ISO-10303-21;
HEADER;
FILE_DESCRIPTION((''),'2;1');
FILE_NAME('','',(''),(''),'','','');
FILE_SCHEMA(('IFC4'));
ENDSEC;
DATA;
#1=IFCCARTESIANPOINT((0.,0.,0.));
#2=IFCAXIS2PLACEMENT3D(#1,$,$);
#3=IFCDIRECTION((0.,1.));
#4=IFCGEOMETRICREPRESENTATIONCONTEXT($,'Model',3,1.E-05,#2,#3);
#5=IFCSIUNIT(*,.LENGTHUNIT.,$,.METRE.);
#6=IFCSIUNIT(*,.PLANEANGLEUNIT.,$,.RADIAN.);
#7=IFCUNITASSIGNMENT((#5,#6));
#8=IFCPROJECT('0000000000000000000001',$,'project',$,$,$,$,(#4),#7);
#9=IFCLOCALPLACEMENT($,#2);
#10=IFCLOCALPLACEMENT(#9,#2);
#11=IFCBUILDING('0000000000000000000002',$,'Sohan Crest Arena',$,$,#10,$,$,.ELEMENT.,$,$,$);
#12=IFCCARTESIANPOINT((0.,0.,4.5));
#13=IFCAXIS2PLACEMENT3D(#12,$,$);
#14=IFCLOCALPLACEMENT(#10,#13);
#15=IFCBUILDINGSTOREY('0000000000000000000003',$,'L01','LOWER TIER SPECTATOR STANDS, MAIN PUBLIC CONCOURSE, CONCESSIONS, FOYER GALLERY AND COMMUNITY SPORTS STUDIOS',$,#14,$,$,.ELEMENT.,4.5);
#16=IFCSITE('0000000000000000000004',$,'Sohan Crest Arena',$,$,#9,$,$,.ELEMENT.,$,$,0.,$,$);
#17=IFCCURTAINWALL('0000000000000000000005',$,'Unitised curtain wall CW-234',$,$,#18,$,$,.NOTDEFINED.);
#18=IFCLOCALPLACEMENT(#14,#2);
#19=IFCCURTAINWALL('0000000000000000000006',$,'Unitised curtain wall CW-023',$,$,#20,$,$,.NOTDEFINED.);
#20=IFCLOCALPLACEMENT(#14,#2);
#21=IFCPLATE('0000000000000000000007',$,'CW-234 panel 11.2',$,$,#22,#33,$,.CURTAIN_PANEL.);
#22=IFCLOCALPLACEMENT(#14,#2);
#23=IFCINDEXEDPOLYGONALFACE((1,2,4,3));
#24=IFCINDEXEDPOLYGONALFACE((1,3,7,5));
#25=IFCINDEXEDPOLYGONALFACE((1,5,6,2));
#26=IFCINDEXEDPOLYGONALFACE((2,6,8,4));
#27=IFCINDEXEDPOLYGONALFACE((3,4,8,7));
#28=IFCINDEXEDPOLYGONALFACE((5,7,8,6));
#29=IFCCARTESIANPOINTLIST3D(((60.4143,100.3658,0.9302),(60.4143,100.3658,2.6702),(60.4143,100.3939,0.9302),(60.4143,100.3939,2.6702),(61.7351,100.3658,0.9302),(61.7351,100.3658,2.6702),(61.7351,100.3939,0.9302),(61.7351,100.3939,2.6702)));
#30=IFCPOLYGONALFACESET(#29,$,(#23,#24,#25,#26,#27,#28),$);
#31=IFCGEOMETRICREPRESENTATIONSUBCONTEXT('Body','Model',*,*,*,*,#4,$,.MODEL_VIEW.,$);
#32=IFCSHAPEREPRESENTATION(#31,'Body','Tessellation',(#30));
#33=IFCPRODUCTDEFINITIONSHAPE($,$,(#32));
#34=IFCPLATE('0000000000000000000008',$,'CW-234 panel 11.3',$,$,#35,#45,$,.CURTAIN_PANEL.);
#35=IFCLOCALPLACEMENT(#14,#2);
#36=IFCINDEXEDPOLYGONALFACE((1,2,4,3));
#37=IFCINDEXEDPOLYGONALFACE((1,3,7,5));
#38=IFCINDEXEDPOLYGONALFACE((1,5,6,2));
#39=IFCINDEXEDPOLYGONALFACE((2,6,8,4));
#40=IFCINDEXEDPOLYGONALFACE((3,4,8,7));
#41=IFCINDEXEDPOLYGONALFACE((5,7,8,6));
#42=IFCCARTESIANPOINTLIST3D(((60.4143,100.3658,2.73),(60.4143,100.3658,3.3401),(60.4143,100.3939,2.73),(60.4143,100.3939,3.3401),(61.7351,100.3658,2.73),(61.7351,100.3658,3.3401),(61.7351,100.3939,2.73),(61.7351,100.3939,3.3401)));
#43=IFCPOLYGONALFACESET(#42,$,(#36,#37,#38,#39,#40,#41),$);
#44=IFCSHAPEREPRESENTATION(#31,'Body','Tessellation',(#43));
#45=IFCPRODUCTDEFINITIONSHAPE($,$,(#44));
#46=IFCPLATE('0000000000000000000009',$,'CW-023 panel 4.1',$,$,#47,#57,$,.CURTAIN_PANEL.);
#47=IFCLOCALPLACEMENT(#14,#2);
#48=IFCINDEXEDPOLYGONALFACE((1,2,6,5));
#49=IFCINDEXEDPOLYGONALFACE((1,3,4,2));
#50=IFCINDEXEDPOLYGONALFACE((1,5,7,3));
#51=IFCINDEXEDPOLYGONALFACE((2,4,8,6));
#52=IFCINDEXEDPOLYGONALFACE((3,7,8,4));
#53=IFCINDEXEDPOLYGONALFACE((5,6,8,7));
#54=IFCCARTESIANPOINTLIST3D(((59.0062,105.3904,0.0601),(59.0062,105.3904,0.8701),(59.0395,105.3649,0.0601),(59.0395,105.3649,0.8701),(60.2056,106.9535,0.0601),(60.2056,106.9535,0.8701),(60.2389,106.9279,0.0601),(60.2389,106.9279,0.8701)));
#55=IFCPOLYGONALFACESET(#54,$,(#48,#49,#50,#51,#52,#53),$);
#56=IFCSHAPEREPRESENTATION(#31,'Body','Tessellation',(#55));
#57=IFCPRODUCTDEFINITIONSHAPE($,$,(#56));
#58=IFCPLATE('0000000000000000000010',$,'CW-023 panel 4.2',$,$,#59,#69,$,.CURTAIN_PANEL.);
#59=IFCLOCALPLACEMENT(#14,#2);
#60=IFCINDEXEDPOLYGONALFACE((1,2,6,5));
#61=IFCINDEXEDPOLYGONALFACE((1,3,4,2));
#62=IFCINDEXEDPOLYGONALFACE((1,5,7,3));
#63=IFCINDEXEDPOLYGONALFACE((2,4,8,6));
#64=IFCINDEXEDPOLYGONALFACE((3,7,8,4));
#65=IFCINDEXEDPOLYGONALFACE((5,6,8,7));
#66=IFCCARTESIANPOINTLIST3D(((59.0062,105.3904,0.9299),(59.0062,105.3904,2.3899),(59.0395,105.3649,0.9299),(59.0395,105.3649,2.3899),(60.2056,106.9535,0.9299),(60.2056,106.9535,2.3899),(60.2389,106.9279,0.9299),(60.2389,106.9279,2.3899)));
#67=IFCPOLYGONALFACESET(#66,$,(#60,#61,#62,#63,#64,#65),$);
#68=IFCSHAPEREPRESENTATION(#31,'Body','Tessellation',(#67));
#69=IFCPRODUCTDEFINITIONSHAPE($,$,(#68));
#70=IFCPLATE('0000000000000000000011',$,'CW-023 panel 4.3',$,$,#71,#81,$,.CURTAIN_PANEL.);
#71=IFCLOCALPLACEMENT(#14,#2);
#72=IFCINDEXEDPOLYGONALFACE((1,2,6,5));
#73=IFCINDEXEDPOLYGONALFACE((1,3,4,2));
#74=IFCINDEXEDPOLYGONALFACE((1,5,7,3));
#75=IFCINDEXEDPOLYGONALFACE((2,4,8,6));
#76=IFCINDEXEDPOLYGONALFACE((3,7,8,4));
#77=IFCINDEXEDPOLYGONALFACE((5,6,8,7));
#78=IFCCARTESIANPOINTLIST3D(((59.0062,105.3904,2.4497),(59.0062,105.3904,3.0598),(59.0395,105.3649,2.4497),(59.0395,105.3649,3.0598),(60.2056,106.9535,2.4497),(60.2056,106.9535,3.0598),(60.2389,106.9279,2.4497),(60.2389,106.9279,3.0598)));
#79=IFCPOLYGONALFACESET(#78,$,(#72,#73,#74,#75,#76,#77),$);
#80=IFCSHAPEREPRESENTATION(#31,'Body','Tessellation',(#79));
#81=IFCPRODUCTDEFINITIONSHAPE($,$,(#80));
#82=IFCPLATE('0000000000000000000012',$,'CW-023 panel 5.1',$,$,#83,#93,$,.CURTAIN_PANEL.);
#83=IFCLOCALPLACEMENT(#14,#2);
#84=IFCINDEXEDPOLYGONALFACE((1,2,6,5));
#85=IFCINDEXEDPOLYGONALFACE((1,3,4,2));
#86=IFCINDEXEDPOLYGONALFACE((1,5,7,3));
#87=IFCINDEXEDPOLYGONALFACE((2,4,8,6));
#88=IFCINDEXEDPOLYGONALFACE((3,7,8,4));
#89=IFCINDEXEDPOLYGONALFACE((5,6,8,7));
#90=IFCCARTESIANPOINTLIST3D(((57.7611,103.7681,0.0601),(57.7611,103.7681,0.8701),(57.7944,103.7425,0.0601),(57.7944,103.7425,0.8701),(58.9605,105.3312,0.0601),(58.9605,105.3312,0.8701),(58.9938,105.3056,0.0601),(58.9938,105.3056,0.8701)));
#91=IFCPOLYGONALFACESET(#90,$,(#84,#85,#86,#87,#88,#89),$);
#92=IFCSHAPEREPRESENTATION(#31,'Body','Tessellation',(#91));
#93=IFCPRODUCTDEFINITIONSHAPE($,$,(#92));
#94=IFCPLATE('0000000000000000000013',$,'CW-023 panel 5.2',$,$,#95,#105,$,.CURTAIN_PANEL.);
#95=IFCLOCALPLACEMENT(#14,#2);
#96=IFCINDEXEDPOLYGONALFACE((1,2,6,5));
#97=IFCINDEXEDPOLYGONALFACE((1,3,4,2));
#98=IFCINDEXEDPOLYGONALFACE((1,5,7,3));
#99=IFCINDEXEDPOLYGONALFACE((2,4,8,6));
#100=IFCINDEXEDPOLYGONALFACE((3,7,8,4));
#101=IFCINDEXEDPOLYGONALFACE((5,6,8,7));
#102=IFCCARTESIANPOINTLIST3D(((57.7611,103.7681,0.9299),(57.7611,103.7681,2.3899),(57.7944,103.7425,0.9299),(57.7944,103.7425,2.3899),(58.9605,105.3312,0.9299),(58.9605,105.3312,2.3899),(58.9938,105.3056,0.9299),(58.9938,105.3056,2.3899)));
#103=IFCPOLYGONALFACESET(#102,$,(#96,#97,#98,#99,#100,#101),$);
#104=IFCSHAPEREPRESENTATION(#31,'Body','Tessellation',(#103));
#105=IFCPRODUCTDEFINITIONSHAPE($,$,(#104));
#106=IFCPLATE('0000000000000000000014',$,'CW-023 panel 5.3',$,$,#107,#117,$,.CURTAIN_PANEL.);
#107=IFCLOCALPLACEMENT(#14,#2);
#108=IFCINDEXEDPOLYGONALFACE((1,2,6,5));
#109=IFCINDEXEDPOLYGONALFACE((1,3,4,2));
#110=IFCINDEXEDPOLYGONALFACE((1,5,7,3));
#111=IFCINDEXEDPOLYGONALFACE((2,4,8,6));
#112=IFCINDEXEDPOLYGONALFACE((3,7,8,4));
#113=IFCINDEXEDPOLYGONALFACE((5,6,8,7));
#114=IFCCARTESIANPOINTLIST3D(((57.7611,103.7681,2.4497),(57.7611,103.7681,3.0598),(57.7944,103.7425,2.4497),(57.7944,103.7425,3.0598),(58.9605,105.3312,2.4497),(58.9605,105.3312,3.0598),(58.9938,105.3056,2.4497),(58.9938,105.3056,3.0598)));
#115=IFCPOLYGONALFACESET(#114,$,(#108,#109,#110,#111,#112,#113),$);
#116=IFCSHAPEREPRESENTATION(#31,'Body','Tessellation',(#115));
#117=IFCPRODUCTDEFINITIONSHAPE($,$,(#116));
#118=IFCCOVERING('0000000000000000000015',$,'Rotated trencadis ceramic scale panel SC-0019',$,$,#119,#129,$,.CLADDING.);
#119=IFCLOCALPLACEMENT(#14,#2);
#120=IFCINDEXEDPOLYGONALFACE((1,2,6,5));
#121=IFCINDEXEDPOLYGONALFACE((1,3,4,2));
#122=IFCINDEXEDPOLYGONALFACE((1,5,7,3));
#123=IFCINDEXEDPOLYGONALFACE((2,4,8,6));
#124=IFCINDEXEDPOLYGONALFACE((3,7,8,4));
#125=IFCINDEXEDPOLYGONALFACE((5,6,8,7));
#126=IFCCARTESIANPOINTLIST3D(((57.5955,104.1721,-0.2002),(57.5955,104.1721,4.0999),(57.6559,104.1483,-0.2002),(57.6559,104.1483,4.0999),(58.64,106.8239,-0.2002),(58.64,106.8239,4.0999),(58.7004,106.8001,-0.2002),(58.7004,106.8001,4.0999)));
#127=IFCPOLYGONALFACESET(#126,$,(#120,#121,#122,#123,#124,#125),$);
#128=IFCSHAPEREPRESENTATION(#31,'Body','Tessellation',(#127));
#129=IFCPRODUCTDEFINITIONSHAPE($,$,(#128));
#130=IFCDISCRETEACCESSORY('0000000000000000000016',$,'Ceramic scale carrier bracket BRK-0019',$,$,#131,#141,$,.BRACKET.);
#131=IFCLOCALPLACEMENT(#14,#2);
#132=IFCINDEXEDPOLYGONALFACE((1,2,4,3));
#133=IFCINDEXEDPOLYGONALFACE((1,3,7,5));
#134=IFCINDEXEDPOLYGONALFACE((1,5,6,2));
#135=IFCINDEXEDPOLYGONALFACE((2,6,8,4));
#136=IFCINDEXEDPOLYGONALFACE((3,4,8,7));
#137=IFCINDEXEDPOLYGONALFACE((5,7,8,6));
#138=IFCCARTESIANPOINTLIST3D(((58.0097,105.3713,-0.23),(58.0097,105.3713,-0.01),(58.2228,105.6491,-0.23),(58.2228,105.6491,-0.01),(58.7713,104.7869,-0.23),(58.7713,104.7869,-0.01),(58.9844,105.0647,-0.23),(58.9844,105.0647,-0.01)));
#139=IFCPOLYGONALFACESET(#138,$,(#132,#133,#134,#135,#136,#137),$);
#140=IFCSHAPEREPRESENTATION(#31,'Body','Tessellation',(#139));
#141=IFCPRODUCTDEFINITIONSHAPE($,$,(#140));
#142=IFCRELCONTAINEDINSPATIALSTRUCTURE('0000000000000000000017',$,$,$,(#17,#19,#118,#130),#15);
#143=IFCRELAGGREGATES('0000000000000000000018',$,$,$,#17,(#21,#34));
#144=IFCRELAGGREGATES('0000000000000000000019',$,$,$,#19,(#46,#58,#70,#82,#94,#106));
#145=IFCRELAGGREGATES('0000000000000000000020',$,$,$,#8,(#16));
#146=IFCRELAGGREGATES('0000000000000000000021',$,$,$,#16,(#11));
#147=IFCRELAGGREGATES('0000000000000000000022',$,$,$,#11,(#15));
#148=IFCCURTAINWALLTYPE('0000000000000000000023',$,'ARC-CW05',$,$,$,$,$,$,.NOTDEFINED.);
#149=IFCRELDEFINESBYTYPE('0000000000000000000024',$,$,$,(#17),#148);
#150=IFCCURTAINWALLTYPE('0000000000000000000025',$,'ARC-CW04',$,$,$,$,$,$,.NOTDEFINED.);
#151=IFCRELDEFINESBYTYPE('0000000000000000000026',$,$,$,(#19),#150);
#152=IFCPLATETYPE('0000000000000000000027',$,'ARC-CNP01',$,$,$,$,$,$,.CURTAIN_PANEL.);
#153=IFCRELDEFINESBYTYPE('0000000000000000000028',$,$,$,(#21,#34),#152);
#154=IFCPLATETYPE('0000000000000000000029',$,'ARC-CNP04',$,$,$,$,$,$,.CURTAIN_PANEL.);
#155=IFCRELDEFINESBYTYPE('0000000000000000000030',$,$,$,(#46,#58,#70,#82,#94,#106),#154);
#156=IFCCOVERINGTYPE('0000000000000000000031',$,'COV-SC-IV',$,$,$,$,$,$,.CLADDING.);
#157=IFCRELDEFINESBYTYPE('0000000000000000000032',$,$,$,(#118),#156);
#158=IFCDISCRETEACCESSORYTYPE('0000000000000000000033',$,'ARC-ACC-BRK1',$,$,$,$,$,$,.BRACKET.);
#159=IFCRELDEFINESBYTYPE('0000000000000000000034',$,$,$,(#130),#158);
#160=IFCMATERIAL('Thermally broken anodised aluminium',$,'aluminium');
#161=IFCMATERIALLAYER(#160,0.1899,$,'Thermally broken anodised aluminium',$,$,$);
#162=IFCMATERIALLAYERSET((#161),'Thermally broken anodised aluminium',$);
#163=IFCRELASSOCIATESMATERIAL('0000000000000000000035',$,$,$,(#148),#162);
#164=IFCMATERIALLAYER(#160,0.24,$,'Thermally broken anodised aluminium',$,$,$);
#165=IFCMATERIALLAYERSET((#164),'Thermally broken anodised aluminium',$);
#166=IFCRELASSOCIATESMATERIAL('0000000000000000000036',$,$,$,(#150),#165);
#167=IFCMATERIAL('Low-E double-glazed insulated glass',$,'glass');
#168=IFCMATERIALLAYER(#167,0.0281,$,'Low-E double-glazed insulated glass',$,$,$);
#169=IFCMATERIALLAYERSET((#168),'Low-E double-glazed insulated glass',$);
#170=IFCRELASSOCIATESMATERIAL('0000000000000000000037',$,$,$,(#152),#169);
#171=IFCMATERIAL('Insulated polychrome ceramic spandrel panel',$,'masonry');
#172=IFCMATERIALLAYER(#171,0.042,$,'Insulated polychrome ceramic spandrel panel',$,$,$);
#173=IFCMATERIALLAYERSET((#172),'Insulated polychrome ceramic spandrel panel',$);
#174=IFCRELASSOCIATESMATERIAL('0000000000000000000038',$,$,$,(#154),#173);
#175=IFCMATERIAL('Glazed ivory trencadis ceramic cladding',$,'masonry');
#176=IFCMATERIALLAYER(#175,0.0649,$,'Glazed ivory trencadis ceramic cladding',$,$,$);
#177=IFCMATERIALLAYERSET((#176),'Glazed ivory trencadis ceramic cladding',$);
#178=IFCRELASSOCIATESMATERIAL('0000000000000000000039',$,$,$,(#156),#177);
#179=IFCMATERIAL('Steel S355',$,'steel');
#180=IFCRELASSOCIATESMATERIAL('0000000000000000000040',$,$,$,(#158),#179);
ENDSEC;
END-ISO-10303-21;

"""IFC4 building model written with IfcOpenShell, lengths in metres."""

from ifc_helpers import new_model, si_unit, direction, frame, origin, origin_2d, place, context, subcontext, project, spatial, rectangle, extrude, material, layer, layer_set, type_object, element, aggregate, save


model = new_model("IFC4")

# Units and contexts
model_context = context("Model", 3, precision=1e-05, world=origin(), true_north=direction((0.0, 1.0)))
body_context = subcontext(model_context, "Body", "Model", "MODEL_VIEW")
ifc_project = project(units=[si_unit("LENGTHUNIT", "METRE"), si_unit("PLANEANGLEUNIT", "RADIAN")], contexts=[model_context])

# Site, building, storey
site_placement = place(None, origin())
site = spatial("IfcSite", under=ifc_project, at=site_placement, Name="Sohan Crest Arena", CompositionType="ELEMENT", RefElevation=0.0)
building_placement = place(site_placement, origin())
building = spatial("IfcBuilding", under=site, at=building_placement, Name="Sohan Crest Arena", CompositionType="ELEMENT")
storey_placement = place(building_placement, frame((0.0, 0.0, 4.5)))
storey = spatial("IfcBuildingStorey", under=building, at=storey_placement, Name="L01", Description="LOWER TIER SPECTATOR STANDS, MAIN PUBLIC CONCOURSE, CONCESSIONS, FOYER GALLERY AND COMMUNITY SPORTS STUDIOS", CompositionType="ELEMENT", Elevation=4.5)

# Curtain walls
ifc_material_1 = material(Name="Thermally broken anodised aluminium", Category="aluminium")
ifc_layer_1 = layer(ifc_material_1, 0.1899, Name="Thermally broken anodised aluminium")
ifc_layer_set_1 = layer_set([ifc_layer_1], Name="Thermally broken anodised aluminium")
curtain_wall_type_1 = type_object("IfcCurtainWallType", Name="ARC-CW05", PredefinedType="NOTDEFINED", material=ifc_layer_set_1)
curtain_wall_1_placement = place(storey_placement, origin())
curtain_wall_1 = element("IfcCurtainWall", 1, at=curtain_wall_1_placement, inside=storey, type_object=curtain_wall_type_1, Name="Unitised curtain wall CW-234", PredefinedType="NOTDEFINED")
ifc_layer_2 = layer(ifc_material_1, 0.24, Name="Thermally broken anodised aluminium")
ifc_layer_set_2 = layer_set([ifc_layer_2], Name="Thermally broken anodised aluminium")
curtain_wall_type_2 = type_object("IfcCurtainWallType", Name="ARC-CW04", PredefinedType="NOTDEFINED", material=ifc_layer_set_2)
curtain_wall_2_placement = place(storey_placement, origin())
curtain_wall_2 = element("IfcCurtainWall", 2, at=curtain_wall_2_placement, inside=storey, type_object=curtain_wall_type_2, Name="Unitised curtain wall CW-023", PredefinedType="NOTDEFINED")

# Plates
ifc_material_2 = material(Name="Low-E double-glazed insulated glass", Category="glass")
ifc_layer_3 = layer(ifc_material_2, 0.0281, Name="Low-E double-glazed insulated glass")
ifc_layer_set_3 = layer_set([ifc_layer_3], Name="Low-E double-glazed insulated glass")
plate_type_1 = type_object("IfcPlateType", Name="ARC-CNP01", PredefinedType="CURTAIN_PANEL", material=ifc_layer_set_3)
plate_1_placement = place(storey_placement, frame((61.0747, 100.3799, 0.9302), z_axis=(0.0, 0.0, 1.0), x_axis=(1.0, 0.0, 0.0)))
plate_1 = element("IfcPlate", 3, at=plate_1_placement, type_object=plate_type_1, Name="CW-234 panel 11.2", PredefinedType="CURTAIN_PANEL", context=body_context, shape_type="SweptSolid", body=[
    extrude(rectangle(XDim=1.3208, YDim=0.0281, at=origin_2d()), origin(), (0.0, 0.0, 1.0), 1.74),
])
plate_2_placement = place(storey_placement, frame((61.0747, 100.3799, 2.73), z_axis=(0.0, 0.0, 1.0), x_axis=(1.0, 0.0, 0.0)))
plate_2 = element("IfcPlate", 4, at=plate_2_placement, type_object=plate_type_1, Name="CW-234 panel 11.3", PredefinedType="CURTAIN_PANEL", context=body_context, shape_type="SweptSolid", body=[
    extrude(rectangle(XDim=1.3208, YDim=0.0281, at=origin_2d()), origin(), (0.0, 0.0, 1.0), 0.6101),
])
aggregate(curtain_wall_1, [plate_1, plate_2])
ifc_material_3 = material(Name="Insulated polychrome ceramic spandrel panel", Category="masonry")
ifc_layer_4 = layer(ifc_material_3, 0.042, Name="Insulated polychrome ceramic spandrel panel")
ifc_layer_set_4 = layer_set([ifc_layer_4], Name="Insulated polychrome ceramic spandrel panel")
plate_type_2 = type_object("IfcPlateType", Name="ARC-CNP04", PredefinedType="CURTAIN_PANEL", material=ifc_layer_set_4)
plate_3_placement = place(storey_placement, frame((59.6226, 106.1592, 0.0601), z_axis=(0.0, 0.0, 1.0), x_axis=(-0.608765, -0.793351, 0.0)))
plate_3 = element("IfcPlate", 5, at=plate_3_placement, type_object=plate_type_2, Name="CW-023 panel 4.1", PredefinedType="CURTAIN_PANEL", context=body_context, shape_type="SweptSolid", body=[
    extrude(rectangle(XDim=1.9702, YDim=0.042, at=origin_2d()), origin(), (0.0, 0.0, 1.0), 0.8101),
])
plate_4_placement = place(storey_placement, frame((59.6226, 106.1592, 0.9299), z_axis=(0.0, 0.0, 1.0), x_axis=(-0.608765, -0.793351, 0.0)))
plate_4 = element("IfcPlate", 6, at=plate_4_placement, type_object=plate_type_2, Name="CW-023 panel 4.2", PredefinedType="CURTAIN_PANEL", context=body_context, shape_type="SweptSolid", body=[
    extrude(rectangle(XDim=1.9702, YDim=0.042, at=origin_2d()), origin(), (0.0, 0.0, 1.0), 1.46),
])
plate_5_placement = place(storey_placement, frame((59.6226, 106.1592, 2.4497), z_axis=(0.0, 0.0, 1.0), x_axis=(-0.608765, -0.793351, 0.0)))
plate_5 = element("IfcPlate", 7, at=plate_5_placement, type_object=plate_type_2, Name="CW-023 panel 4.3", PredefinedType="CURTAIN_PANEL", context=body_context, shape_type="SweptSolid", body=[
    extrude(rectangle(XDim=1.9702, YDim=0.042, at=origin_2d()), origin(), (0.0, 0.0, 1.0), 0.6101),
])
plate_6_placement = place(storey_placement, frame((58.3774, 104.5369, 0.0601), z_axis=(0.0, 0.0, 1.0), x_axis=(-0.608765, -0.793351, 0.0)))
plate_6 = element("IfcPlate", 8, at=plate_6_placement, type_object=plate_type_2, Name="CW-023 panel 5.1", PredefinedType="CURTAIN_PANEL", context=body_context, shape_type="SweptSolid", body=[
    extrude(rectangle(XDim=1.9702, YDim=0.042, at=origin_2d()), origin(), (0.0, 0.0, 1.0), 0.8101),
])
plate_7_placement = place(storey_placement, frame((58.3774, 104.5369, 0.9299), z_axis=(0.0, 0.0, 1.0), x_axis=(-0.608765, -0.793351, 0.0)))
plate_7 = element("IfcPlate", 9, at=plate_7_placement, type_object=plate_type_2, Name="CW-023 panel 5.2", PredefinedType="CURTAIN_PANEL", context=body_context, shape_type="SweptSolid", body=[
    extrude(rectangle(XDim=1.9702, YDim=0.042, at=origin_2d()), origin(), (0.0, 0.0, 1.0), 1.46),
])
plate_8_placement = place(storey_placement, frame((58.3774, 104.5369, 2.4497), z_axis=(0.0, 0.0, 1.0), x_axis=(-0.608765, -0.793351, 0.0)))
plate_8 = element("IfcPlate", 10, at=plate_8_placement, type_object=plate_type_2, Name="CW-023 panel 5.3", PredefinedType="CURTAIN_PANEL", context=body_context, shape_type="SweptSolid", body=[
    extrude(rectangle(XDim=1.9702, YDim=0.042, at=origin_2d()), origin(), (0.0, 0.0, 1.0), 0.6101),
])
aggregate(curtain_wall_2, [plate_3, plate_4, plate_5, plate_6, plate_7, plate_8])

# Covering
ifc_material_4 = material(Name="Glazed ivory trencadis ceramic cladding", Category="masonry")
ifc_layer_5 = layer(ifc_material_4, 0.0649, Name="Glazed ivory trencadis ceramic cladding")
ifc_layer_set_5 = layer_set([ifc_layer_5], Name="Glazed ivory trencadis ceramic cladding")
covering_type = type_object("IfcCoveringType", Name="COV-SC-IV", PredefinedType="CLADDING", material=ifc_layer_set_5)
covering_placement = place(storey_placement, frame((58.1479, 105.4861, -0.2002), z_axis=(0.0, 0.0, 1.0), x_axis=(-0.366501, -0.930418, 0.0)))
element("IfcCovering", 11, at=covering_placement, inside=storey, type_object=covering_type, Name="Rotated trencadis ceramic scale panel SC-0019", PredefinedType="CLADDING", context=body_context, shape_type="SweptSolid", body=[
    extrude(rectangle(XDim=2.8501, YDim=0.0649, at=origin_2d()), origin(), (0.0, 0.0, 1.0), 4.3),
])

# Discrete accessory
ifc_material_5 = material(Name="Steel S355", Category="steel")
discrete_accessory_type = type_object("IfcDiscreteAccessoryType", Name="ARC-ACC-BRK1", PredefinedType="BRACKET", material=ifc_material_5)
discrete_accessory_placement = place(storey_placement, frame((58.4971, 105.218, -0.23), z_axis=(0.0, 0.0, 1.0), x_axis=(-0.608761, -0.793353, 0.0)))
element("IfcDiscreteAccessory", 12, at=discrete_accessory_placement, inside=storey, type_object=discrete_accessory_type, Name="Ceramic scale carrier bracket BRK-0019", PredefinedType="BRACKET", context=body_context, shape_type="SweptSolid", body=[
    extrude(rectangle(XDim=0.3501, YDim=0.96, at=origin_2d()), origin(), (0.0, 0.0, 1.0), 0.22),
])

save(model, "model.ifc")
